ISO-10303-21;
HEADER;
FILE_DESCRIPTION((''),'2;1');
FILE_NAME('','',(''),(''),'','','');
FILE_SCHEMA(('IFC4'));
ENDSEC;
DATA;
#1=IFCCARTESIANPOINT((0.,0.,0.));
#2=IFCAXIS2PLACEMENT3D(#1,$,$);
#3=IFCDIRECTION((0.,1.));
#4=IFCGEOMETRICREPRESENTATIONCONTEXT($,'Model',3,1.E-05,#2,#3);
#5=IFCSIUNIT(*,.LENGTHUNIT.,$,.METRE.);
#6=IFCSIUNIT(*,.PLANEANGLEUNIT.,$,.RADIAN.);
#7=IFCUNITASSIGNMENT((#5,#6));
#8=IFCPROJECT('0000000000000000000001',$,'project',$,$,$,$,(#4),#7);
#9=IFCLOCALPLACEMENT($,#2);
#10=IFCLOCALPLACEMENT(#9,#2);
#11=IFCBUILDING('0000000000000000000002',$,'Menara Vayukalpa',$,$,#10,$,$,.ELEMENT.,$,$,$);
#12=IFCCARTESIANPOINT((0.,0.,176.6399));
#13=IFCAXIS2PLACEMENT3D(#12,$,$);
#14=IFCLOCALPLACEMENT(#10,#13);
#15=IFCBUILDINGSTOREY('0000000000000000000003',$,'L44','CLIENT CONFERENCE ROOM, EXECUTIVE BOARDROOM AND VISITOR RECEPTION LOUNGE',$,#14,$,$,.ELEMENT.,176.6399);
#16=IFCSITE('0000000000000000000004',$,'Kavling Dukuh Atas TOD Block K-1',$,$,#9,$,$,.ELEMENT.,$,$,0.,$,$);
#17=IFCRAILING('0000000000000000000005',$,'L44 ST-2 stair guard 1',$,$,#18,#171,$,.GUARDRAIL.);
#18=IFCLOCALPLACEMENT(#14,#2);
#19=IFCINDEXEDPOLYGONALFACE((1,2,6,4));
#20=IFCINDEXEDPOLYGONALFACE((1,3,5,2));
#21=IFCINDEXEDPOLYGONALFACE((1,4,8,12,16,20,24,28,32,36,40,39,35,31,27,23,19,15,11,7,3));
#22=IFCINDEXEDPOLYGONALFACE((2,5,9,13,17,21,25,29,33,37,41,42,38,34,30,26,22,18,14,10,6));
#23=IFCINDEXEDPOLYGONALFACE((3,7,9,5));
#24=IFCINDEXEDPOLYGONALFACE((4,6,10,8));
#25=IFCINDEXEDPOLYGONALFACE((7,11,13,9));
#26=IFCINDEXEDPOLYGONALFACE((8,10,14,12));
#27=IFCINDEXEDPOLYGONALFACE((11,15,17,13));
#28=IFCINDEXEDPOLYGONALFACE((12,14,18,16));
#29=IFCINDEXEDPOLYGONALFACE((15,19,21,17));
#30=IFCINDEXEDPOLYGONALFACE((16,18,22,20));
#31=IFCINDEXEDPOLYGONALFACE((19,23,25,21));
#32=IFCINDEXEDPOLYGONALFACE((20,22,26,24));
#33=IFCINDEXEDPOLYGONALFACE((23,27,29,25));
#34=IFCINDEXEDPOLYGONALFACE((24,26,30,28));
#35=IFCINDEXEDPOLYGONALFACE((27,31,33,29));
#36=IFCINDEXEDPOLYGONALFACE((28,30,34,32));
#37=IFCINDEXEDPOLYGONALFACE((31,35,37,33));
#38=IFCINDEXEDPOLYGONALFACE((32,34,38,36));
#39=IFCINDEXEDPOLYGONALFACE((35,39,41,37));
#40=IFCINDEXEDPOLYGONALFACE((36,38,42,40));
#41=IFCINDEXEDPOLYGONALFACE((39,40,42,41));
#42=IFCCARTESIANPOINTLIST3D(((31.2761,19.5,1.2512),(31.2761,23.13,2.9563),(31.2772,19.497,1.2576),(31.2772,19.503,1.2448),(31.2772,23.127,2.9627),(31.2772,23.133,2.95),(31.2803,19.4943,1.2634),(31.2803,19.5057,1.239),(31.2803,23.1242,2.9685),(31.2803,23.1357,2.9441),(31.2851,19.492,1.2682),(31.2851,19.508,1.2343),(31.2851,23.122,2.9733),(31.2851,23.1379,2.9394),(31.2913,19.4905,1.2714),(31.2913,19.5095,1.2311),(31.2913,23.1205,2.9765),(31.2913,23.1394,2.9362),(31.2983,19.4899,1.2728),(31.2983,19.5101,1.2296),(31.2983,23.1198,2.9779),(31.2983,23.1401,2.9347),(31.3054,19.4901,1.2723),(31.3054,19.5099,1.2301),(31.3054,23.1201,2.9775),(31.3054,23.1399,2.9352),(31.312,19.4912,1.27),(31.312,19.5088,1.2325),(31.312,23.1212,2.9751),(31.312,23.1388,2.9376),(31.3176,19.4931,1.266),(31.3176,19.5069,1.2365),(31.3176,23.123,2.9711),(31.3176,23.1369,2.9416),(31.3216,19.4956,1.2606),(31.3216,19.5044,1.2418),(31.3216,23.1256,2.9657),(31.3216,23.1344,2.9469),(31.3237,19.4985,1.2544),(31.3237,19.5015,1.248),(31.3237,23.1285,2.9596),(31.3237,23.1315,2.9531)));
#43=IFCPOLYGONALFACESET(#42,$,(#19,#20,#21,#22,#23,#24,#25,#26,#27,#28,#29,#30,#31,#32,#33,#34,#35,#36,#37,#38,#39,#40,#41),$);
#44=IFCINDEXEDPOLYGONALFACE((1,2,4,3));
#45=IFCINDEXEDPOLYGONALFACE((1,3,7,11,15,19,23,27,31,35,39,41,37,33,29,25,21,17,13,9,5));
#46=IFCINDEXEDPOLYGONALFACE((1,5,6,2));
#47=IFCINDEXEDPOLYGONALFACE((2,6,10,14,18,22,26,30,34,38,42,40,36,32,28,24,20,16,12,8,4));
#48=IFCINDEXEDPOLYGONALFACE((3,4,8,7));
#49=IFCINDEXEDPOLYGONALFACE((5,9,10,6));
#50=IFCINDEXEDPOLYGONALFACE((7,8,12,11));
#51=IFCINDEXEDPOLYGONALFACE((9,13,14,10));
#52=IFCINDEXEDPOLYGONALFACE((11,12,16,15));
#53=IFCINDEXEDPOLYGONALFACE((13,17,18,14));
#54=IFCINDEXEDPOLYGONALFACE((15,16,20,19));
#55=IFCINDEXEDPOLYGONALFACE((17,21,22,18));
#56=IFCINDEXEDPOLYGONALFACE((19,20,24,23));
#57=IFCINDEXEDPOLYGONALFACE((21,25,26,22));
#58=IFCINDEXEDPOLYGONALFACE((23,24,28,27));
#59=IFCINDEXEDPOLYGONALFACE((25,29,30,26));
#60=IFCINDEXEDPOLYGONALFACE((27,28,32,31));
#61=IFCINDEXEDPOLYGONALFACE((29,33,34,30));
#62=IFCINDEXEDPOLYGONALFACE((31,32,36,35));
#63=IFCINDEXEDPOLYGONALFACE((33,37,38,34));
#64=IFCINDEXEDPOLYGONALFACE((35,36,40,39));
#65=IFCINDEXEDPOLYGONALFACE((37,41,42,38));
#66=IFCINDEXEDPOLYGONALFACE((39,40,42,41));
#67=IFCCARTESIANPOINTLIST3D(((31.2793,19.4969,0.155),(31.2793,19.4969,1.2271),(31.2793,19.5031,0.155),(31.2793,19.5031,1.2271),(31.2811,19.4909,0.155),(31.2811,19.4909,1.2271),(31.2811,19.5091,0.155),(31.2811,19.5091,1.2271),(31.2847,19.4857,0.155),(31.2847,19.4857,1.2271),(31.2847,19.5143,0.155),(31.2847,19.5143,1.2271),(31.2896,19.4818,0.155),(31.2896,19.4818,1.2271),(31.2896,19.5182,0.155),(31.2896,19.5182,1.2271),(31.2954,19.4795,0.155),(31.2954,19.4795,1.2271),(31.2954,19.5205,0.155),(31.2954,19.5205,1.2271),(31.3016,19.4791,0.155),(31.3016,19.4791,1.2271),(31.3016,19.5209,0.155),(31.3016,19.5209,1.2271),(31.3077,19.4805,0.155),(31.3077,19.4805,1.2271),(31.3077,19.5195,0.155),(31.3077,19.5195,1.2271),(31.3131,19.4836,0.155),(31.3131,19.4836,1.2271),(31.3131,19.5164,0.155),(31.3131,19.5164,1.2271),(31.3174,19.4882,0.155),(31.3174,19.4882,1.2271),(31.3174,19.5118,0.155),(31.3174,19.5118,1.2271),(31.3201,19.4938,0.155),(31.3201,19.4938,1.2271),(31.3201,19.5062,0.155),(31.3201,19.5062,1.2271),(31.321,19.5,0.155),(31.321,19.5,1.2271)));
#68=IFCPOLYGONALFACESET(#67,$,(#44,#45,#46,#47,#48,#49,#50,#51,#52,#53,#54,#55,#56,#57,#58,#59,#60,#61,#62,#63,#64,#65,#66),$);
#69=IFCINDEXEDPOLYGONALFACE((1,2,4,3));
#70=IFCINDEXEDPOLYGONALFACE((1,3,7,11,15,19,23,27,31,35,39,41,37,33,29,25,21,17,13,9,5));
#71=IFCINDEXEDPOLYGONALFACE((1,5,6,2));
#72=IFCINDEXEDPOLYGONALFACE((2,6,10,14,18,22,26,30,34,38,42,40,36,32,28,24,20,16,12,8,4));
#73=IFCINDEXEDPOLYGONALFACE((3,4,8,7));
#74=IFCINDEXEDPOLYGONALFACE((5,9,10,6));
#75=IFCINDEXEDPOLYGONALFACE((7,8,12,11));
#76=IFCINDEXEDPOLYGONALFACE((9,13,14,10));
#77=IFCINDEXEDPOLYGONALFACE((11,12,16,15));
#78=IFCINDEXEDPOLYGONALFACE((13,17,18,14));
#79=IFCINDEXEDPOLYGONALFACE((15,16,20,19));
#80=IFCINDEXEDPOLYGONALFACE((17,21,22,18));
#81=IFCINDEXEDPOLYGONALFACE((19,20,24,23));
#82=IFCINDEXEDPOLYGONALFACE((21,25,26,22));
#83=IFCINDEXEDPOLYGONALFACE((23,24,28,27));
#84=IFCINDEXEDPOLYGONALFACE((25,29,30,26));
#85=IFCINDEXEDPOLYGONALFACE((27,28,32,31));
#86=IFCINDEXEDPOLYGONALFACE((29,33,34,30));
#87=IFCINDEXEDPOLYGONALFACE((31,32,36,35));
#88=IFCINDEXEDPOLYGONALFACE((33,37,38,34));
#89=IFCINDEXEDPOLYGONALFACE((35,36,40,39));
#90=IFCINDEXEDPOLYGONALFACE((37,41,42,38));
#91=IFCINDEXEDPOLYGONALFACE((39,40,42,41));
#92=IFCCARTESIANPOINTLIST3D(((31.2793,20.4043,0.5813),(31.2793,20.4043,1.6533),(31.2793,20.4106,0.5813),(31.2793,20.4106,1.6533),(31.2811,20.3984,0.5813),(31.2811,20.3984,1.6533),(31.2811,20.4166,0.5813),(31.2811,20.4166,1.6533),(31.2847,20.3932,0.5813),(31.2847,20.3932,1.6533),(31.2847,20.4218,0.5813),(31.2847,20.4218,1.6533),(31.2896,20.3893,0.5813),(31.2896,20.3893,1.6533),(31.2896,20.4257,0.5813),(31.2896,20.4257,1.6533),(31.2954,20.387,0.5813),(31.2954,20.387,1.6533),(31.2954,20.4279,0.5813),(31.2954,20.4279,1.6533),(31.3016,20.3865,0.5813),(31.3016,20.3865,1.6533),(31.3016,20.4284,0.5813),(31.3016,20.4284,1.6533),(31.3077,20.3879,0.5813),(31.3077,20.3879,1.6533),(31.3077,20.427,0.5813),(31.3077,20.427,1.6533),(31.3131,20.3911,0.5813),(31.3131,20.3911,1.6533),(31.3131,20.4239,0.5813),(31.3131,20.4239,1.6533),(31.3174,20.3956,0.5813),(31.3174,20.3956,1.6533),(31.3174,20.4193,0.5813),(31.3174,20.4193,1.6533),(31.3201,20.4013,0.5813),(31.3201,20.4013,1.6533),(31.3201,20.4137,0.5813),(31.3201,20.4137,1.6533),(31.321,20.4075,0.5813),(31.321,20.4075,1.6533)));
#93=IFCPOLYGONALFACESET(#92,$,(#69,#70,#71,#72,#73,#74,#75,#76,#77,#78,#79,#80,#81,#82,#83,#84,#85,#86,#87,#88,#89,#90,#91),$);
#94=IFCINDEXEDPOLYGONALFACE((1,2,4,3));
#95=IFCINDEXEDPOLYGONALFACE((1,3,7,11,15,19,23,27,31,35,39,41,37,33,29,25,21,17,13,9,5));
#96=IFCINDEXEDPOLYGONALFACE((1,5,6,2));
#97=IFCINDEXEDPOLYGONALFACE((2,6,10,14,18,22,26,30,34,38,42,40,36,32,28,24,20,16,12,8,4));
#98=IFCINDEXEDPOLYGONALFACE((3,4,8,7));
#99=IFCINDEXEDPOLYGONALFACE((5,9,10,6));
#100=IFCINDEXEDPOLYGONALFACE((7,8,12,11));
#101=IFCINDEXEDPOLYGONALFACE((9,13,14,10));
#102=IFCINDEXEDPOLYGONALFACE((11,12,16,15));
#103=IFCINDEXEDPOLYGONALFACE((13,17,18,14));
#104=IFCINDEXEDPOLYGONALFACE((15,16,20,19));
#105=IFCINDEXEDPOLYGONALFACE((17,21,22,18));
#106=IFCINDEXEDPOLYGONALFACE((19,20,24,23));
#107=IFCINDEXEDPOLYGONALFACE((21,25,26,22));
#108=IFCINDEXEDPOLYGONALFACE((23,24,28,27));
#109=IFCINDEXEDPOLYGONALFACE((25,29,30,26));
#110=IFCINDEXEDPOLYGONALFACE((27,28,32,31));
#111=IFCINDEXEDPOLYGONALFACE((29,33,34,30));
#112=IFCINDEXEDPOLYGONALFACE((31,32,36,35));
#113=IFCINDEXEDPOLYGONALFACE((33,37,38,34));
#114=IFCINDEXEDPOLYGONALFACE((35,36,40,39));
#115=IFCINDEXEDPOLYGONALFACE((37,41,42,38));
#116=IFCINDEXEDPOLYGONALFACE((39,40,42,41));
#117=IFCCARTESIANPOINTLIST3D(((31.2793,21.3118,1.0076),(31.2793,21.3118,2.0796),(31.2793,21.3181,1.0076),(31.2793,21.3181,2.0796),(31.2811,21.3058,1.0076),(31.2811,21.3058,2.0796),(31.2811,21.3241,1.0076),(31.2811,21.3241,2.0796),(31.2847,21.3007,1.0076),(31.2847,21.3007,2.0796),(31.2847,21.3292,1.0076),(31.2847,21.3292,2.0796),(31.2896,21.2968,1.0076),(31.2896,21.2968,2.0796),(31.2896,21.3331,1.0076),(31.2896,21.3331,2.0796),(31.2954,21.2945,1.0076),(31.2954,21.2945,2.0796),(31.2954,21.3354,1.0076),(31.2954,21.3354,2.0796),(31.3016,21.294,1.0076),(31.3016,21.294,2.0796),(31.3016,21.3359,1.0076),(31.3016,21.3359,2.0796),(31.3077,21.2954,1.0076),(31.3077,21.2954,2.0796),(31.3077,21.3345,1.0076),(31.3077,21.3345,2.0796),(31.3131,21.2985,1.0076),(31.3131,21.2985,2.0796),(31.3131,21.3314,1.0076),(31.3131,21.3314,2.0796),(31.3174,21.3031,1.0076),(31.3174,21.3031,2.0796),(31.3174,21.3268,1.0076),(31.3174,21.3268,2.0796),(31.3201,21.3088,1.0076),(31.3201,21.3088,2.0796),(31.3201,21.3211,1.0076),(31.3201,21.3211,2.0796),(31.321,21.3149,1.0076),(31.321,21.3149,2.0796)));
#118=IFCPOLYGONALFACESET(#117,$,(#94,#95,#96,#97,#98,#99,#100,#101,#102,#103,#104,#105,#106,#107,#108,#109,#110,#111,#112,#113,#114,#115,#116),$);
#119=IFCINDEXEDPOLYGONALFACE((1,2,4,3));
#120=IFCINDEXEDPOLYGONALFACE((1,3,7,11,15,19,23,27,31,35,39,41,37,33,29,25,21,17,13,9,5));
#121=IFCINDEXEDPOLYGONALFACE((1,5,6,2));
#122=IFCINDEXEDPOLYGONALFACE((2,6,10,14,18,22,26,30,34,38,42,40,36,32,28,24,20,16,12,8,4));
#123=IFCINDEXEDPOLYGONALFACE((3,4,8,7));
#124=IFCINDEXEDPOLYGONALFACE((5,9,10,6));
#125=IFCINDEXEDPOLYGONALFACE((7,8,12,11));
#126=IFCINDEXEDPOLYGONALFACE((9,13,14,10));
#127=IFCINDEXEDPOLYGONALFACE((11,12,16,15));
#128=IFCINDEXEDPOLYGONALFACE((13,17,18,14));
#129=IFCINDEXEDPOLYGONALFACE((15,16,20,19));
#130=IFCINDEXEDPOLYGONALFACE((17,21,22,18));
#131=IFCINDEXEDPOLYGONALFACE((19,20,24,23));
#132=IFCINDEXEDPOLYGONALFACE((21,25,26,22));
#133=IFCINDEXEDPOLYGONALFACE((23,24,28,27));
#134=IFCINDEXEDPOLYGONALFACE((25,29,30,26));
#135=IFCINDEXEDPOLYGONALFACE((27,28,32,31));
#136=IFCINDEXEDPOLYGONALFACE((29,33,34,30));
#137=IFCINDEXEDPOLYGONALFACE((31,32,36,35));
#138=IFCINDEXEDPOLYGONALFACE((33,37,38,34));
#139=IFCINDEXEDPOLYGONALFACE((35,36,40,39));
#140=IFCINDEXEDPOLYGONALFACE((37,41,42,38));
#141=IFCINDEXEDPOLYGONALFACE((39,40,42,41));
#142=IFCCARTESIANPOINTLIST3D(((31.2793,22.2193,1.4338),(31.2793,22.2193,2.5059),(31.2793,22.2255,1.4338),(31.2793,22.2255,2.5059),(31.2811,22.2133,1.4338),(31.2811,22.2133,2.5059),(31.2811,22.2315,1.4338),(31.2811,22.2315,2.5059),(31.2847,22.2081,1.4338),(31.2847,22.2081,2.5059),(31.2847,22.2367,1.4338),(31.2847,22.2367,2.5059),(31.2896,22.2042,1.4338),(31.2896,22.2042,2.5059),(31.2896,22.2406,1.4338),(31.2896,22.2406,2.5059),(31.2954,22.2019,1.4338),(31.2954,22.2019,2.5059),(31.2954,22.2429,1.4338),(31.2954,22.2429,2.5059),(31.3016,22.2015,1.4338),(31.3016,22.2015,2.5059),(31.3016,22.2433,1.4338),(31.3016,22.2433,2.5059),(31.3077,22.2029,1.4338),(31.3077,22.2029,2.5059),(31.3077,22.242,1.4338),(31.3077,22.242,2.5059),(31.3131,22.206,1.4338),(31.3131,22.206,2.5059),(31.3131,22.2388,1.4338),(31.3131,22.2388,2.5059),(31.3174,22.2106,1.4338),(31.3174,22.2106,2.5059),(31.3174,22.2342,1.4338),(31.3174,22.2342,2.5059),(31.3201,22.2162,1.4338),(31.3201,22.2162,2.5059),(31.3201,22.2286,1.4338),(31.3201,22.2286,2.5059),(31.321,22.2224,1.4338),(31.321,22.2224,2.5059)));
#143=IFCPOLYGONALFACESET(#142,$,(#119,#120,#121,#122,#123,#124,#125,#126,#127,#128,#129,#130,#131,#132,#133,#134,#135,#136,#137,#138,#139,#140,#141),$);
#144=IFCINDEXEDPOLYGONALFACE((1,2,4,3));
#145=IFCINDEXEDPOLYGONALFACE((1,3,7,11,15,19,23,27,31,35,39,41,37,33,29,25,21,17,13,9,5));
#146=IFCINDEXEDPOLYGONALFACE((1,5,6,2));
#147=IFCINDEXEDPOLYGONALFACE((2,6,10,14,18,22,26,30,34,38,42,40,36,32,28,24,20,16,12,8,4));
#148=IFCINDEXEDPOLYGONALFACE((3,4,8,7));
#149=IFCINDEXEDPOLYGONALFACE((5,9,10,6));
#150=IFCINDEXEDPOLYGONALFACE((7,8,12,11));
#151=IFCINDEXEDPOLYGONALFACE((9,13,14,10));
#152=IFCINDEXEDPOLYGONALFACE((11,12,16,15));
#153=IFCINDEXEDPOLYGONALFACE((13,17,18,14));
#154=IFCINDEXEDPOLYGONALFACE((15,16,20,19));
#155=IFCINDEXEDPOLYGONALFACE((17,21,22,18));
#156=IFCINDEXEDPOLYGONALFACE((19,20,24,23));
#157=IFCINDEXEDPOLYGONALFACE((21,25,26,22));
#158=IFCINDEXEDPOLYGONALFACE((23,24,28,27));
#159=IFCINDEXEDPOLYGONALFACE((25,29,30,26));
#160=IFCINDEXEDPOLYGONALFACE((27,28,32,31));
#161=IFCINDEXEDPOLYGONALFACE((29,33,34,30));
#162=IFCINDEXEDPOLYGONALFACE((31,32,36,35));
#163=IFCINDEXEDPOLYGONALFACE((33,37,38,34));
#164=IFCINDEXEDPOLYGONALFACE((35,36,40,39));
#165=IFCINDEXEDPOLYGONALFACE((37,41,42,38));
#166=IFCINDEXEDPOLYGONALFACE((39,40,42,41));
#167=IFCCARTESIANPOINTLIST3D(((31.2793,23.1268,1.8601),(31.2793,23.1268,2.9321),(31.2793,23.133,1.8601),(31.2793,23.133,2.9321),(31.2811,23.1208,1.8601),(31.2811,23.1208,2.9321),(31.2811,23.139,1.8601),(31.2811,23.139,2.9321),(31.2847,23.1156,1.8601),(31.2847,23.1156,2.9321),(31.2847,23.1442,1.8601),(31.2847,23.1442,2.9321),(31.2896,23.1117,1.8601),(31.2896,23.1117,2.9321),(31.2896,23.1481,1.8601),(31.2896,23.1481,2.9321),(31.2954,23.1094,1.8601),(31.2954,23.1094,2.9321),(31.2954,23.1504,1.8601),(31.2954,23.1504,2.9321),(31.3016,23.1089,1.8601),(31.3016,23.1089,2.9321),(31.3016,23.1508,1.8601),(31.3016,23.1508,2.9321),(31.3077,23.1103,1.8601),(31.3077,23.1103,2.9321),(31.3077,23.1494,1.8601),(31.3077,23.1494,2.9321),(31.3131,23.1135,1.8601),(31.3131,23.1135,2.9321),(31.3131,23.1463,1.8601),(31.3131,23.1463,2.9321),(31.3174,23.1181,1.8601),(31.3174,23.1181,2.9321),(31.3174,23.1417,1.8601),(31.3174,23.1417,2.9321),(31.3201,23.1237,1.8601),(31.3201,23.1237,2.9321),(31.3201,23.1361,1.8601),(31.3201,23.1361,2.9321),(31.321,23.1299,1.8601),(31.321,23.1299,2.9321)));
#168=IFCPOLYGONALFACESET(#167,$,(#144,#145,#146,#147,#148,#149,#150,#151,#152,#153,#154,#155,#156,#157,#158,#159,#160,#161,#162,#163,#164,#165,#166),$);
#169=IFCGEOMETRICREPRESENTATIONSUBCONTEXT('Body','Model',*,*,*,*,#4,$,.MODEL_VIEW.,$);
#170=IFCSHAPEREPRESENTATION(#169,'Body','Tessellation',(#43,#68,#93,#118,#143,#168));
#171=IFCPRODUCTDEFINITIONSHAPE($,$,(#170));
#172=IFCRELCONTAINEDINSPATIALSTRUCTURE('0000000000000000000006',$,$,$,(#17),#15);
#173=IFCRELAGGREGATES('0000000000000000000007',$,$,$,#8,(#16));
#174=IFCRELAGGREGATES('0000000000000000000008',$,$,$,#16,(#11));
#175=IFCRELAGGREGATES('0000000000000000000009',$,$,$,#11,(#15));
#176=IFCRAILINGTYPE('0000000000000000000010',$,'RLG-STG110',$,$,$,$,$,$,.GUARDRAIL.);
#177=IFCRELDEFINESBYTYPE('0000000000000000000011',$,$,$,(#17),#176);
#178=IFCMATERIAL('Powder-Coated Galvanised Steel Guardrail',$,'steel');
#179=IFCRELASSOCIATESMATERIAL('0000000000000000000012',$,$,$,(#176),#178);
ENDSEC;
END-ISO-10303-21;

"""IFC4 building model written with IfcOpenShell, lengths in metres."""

from ifc_helpers import new_model, si_unit, direction, frame, origin, origin_2d, place, context, subcontext, project, spatial, circle, extrude, material, type_object, element, save


model = new_model("IFC4")

# Units and contexts
model_context = context("Model", 3, precision=1e-05, world=origin(), true_north=direction((0.0, 1.0)))
body_context = subcontext(model_context, "Body", "Model", "MODEL_VIEW")
ifc_project = project(units=[si_unit("LENGTHUNIT", "METRE"), si_unit("PLANEANGLEUNIT", "RADIAN")], contexts=[model_context])

# Site, building, storey
site_placement = place(None, origin())
site = spatial("IfcSite", under=ifc_project, at=site_placement, Name="Kavling Dukuh Atas TOD Block K-1", CompositionType="ELEMENT", RefElevation=0.0)
building_placement = place(site_placement, origin())
building = spatial("IfcBuilding", under=site, at=building_placement, Name="Menara Vayukalpa", CompositionType="ELEMENT")
storey_placement = place(building_placement, frame((0.0, 0.0, 176.6399)))
storey = spatial("IfcBuildingStorey", under=building, at=storey_placement, Name="L44", Description="CLIENT CONFERENCE ROOM, EXECUTIVE BOARDROOM AND VISITOR RECEPTION LOUNGE", CompositionType="ELEMENT", Elevation=176.6399)

# Railing
ifc_material_1 = material(Name="Powder-Coated Galvanised Steel Guardrail", Category="steel")
railing_type_1 = type_object("IfcRailingType", Name="RLG-STG110", PredefinedType="GUARDRAIL", material=ifc_material_1)
railing_1_placement = place(storey_placement, frame((31.3, 19.5, 0.155)))
element("IfcRailing", 1, at=railing_1_placement, inside=storey, type_object=railing_type_1, Name="L44 ST-2 stair guard 1", PredefinedType="GUARDRAIL", context=body_context, shape_type="SweptSolid", body=[
    extrude(circle(Radius=0.0239, at=origin_2d()), frame((0.0, 0.0, 1.0962), z_axis=(0.0, 0.905116, 0.425164), x_axis=(-1.0, 0.0, 0.0)), (0.0, 0.0, 1.0), 4.0105),
    extrude(circle(Radius=0.021, at=origin_2d()), origin(), (0.0, 0.0, 1.0), 1.072),
    extrude(circle(Radius=0.021, at=origin_2d()), frame((0.0, 0.9075, 0.4263)), (0.0, 0.0, 1.0), 1.072),
    extrude(circle(Radius=0.021, at=origin_2d()), frame((0.0, 1.8149, 0.8525)), (0.0, 0.0, 1.0), 1.072),
    extrude(circle(Radius=0.021, at=origin_2d()), frame((0.0, 2.7224, 1.2788)), (0.0, 0.0, 1.0), 1.072),
    extrude(circle(Radius=0.021, at=origin_2d()), frame((0.0, 3.6299, 1.7051)), (0.0, 0.0, 1.0), 1.072),
])

save(model, "model.ifc")
